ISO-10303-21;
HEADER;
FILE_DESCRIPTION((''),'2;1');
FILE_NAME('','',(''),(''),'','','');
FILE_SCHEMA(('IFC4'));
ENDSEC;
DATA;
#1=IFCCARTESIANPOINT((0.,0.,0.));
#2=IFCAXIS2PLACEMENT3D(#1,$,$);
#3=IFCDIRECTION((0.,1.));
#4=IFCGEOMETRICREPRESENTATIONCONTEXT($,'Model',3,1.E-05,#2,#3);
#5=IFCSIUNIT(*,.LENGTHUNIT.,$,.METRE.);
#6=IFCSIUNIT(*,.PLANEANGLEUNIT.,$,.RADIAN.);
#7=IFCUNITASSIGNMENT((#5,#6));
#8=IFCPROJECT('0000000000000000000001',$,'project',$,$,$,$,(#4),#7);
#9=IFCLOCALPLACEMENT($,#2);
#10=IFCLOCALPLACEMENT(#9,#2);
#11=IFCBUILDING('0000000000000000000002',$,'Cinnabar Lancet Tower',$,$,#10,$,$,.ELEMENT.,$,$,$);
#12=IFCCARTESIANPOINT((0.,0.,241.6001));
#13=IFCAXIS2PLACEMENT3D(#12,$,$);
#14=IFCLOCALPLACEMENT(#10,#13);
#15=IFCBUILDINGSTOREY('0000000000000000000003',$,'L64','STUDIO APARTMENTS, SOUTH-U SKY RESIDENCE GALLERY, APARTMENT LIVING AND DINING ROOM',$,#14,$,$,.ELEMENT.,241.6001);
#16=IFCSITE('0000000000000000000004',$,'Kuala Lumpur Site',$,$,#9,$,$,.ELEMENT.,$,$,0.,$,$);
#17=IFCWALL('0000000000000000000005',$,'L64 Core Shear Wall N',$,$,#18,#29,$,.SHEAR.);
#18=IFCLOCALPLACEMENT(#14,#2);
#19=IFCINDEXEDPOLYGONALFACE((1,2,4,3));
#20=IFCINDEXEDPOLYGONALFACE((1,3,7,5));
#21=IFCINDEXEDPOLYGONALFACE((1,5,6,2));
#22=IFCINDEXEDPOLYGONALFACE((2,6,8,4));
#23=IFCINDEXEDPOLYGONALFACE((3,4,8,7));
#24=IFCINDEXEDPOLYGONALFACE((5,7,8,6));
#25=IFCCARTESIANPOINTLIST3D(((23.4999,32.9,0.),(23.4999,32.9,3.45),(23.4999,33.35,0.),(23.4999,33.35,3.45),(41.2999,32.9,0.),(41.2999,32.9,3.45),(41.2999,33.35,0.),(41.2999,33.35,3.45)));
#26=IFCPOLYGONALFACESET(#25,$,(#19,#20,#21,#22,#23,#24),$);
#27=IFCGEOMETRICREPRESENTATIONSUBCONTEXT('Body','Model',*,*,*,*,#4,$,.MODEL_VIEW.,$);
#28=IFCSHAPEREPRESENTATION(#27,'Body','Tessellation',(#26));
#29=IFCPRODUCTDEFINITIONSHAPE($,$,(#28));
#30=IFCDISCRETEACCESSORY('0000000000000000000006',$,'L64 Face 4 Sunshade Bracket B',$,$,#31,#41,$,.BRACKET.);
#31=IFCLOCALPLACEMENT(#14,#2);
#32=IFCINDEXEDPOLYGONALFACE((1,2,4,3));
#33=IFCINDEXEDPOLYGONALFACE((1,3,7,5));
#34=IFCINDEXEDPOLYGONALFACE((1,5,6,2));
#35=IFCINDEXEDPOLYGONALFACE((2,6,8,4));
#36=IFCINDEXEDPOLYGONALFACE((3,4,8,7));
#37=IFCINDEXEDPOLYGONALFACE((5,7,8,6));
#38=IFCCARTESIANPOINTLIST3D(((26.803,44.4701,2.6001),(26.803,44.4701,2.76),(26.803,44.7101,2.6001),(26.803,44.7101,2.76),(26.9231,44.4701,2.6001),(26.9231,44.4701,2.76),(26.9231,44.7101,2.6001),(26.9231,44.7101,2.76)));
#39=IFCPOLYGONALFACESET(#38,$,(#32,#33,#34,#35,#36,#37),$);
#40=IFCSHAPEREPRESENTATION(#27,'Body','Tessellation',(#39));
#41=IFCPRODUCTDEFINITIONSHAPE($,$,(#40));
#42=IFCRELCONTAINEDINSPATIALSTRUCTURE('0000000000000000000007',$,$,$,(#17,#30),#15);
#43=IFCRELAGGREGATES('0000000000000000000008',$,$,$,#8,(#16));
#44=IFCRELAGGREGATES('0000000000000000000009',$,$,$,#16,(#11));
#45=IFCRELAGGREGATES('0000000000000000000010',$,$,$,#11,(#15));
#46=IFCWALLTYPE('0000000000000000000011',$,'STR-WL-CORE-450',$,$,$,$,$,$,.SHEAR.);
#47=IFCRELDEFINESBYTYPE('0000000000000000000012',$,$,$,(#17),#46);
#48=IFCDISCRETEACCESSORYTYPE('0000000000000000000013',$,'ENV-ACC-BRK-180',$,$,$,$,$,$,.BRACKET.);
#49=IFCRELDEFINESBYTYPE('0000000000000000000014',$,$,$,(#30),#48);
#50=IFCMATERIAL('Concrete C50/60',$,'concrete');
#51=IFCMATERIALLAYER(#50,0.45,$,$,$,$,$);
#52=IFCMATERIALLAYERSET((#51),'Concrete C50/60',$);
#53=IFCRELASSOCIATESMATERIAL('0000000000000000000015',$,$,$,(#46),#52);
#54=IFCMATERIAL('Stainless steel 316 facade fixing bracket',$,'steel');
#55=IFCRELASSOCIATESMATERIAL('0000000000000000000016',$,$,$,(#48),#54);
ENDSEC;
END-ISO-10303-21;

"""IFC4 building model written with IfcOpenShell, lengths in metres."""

from ifc_helpers import new_model, si_unit, direction, frame, frame_2d, origin, origin_2d, place, context, subcontext, project, spatial, rectangle, extrude, material, layer, layer_set, type_object, element, save


model = new_model("IFC4")

# Units and contexts
model_context = context("Model", 3, precision=1e-05, world=origin(), true_north=direction((0.0, 1.0)))
body_context = subcontext(model_context, "Body", "Model", "MODEL_VIEW")
ifc_project = project(units=[si_unit("LENGTHUNIT", "METRE"), si_unit("PLANEANGLEUNIT", "RADIAN")], contexts=[model_context])

# Site, building, storey
site_placement = place(None, origin())
site = spatial("IfcSite", under=ifc_project, at=site_placement, Name="Kuala Lumpur Site", CompositionType="ELEMENT", RefElevation=0.0)
building_placement = place(site_placement, origin())
building = spatial("IfcBuilding", under=site, at=building_placement, Name="Cinnabar Lancet Tower", CompositionType="ELEMENT")
storey_placement = place(building_placement, frame((0.0, 0.0, 241.6001)))
storey = spatial("IfcBuildingStorey", under=building, at=storey_placement, Name="L64", Description="STUDIO APARTMENTS, SOUTH-U SKY RESIDENCE GALLERY, APARTMENT LIVING AND DINING ROOM", CompositionType="ELEMENT", Elevation=241.6001)

# Wall
ifc_material_1 = material(Name="Concrete C50/60", Category="concrete")
ifc_layer_1 = layer(ifc_material_1, 0.45)
ifc_layer_set_1 = layer_set([ifc_layer_1], Name="Concrete C50/60")
wall_type_1 = type_object("IfcWallType", Name="STR-WL-CORE-450", PredefinedType="SHEAR", material=ifc_layer_set_1)
wall_1_placement = place(storey_placement, frame((23.5, 33.125, 0.0), z_axis=(0.0, 0.0, 1.0), x_axis=(1.0, 0.0, 0.0)))
element("IfcWall", 1, at=wall_1_placement, inside=storey, type_object=wall_type_1, Name="L64 Core Shear Wall N", PredefinedType="SHEAR", context=body_context, shape_type="SweptSolid", body=[
    extrude(rectangle(XDim=17.8, YDim=0.45, at=frame_2d((8.8999, 0.0))), origin(), (0.0, 0.0, 1.0), 3.45),
])

# Discrete accessory
ifc_material_2 = material(Name="Stainless steel 316 facade fixing bracket", Category="steel")
discrete_accessory_type = type_object("IfcDiscreteAccessoryType", Name="ENV-ACC-BRK-180", PredefinedType="BRACKET", material=ifc_material_2)
discrete_accessory_placement = place(storey_placement, frame((26.863, 44.5901, 2.6001), z_axis=(0.0, 0.0, 1.0), x_axis=(-1.0, 0.0, 0.0)))
element("IfcDiscreteAccessory", 2, at=discrete_accessory_placement, inside=storey, type_object=discrete_accessory_type, Name="L64 Face 4 Sunshade Bracket B", PredefinedType="BRACKET", context=body_context, shape_type="SweptSolid", body=[
    extrude(rectangle(XDim=0.1201, YDim=0.24, at=origin_2d()), origin(), (0.0, 0.0, 1.0), 0.1599),
])

save(model, "model.ifc")
